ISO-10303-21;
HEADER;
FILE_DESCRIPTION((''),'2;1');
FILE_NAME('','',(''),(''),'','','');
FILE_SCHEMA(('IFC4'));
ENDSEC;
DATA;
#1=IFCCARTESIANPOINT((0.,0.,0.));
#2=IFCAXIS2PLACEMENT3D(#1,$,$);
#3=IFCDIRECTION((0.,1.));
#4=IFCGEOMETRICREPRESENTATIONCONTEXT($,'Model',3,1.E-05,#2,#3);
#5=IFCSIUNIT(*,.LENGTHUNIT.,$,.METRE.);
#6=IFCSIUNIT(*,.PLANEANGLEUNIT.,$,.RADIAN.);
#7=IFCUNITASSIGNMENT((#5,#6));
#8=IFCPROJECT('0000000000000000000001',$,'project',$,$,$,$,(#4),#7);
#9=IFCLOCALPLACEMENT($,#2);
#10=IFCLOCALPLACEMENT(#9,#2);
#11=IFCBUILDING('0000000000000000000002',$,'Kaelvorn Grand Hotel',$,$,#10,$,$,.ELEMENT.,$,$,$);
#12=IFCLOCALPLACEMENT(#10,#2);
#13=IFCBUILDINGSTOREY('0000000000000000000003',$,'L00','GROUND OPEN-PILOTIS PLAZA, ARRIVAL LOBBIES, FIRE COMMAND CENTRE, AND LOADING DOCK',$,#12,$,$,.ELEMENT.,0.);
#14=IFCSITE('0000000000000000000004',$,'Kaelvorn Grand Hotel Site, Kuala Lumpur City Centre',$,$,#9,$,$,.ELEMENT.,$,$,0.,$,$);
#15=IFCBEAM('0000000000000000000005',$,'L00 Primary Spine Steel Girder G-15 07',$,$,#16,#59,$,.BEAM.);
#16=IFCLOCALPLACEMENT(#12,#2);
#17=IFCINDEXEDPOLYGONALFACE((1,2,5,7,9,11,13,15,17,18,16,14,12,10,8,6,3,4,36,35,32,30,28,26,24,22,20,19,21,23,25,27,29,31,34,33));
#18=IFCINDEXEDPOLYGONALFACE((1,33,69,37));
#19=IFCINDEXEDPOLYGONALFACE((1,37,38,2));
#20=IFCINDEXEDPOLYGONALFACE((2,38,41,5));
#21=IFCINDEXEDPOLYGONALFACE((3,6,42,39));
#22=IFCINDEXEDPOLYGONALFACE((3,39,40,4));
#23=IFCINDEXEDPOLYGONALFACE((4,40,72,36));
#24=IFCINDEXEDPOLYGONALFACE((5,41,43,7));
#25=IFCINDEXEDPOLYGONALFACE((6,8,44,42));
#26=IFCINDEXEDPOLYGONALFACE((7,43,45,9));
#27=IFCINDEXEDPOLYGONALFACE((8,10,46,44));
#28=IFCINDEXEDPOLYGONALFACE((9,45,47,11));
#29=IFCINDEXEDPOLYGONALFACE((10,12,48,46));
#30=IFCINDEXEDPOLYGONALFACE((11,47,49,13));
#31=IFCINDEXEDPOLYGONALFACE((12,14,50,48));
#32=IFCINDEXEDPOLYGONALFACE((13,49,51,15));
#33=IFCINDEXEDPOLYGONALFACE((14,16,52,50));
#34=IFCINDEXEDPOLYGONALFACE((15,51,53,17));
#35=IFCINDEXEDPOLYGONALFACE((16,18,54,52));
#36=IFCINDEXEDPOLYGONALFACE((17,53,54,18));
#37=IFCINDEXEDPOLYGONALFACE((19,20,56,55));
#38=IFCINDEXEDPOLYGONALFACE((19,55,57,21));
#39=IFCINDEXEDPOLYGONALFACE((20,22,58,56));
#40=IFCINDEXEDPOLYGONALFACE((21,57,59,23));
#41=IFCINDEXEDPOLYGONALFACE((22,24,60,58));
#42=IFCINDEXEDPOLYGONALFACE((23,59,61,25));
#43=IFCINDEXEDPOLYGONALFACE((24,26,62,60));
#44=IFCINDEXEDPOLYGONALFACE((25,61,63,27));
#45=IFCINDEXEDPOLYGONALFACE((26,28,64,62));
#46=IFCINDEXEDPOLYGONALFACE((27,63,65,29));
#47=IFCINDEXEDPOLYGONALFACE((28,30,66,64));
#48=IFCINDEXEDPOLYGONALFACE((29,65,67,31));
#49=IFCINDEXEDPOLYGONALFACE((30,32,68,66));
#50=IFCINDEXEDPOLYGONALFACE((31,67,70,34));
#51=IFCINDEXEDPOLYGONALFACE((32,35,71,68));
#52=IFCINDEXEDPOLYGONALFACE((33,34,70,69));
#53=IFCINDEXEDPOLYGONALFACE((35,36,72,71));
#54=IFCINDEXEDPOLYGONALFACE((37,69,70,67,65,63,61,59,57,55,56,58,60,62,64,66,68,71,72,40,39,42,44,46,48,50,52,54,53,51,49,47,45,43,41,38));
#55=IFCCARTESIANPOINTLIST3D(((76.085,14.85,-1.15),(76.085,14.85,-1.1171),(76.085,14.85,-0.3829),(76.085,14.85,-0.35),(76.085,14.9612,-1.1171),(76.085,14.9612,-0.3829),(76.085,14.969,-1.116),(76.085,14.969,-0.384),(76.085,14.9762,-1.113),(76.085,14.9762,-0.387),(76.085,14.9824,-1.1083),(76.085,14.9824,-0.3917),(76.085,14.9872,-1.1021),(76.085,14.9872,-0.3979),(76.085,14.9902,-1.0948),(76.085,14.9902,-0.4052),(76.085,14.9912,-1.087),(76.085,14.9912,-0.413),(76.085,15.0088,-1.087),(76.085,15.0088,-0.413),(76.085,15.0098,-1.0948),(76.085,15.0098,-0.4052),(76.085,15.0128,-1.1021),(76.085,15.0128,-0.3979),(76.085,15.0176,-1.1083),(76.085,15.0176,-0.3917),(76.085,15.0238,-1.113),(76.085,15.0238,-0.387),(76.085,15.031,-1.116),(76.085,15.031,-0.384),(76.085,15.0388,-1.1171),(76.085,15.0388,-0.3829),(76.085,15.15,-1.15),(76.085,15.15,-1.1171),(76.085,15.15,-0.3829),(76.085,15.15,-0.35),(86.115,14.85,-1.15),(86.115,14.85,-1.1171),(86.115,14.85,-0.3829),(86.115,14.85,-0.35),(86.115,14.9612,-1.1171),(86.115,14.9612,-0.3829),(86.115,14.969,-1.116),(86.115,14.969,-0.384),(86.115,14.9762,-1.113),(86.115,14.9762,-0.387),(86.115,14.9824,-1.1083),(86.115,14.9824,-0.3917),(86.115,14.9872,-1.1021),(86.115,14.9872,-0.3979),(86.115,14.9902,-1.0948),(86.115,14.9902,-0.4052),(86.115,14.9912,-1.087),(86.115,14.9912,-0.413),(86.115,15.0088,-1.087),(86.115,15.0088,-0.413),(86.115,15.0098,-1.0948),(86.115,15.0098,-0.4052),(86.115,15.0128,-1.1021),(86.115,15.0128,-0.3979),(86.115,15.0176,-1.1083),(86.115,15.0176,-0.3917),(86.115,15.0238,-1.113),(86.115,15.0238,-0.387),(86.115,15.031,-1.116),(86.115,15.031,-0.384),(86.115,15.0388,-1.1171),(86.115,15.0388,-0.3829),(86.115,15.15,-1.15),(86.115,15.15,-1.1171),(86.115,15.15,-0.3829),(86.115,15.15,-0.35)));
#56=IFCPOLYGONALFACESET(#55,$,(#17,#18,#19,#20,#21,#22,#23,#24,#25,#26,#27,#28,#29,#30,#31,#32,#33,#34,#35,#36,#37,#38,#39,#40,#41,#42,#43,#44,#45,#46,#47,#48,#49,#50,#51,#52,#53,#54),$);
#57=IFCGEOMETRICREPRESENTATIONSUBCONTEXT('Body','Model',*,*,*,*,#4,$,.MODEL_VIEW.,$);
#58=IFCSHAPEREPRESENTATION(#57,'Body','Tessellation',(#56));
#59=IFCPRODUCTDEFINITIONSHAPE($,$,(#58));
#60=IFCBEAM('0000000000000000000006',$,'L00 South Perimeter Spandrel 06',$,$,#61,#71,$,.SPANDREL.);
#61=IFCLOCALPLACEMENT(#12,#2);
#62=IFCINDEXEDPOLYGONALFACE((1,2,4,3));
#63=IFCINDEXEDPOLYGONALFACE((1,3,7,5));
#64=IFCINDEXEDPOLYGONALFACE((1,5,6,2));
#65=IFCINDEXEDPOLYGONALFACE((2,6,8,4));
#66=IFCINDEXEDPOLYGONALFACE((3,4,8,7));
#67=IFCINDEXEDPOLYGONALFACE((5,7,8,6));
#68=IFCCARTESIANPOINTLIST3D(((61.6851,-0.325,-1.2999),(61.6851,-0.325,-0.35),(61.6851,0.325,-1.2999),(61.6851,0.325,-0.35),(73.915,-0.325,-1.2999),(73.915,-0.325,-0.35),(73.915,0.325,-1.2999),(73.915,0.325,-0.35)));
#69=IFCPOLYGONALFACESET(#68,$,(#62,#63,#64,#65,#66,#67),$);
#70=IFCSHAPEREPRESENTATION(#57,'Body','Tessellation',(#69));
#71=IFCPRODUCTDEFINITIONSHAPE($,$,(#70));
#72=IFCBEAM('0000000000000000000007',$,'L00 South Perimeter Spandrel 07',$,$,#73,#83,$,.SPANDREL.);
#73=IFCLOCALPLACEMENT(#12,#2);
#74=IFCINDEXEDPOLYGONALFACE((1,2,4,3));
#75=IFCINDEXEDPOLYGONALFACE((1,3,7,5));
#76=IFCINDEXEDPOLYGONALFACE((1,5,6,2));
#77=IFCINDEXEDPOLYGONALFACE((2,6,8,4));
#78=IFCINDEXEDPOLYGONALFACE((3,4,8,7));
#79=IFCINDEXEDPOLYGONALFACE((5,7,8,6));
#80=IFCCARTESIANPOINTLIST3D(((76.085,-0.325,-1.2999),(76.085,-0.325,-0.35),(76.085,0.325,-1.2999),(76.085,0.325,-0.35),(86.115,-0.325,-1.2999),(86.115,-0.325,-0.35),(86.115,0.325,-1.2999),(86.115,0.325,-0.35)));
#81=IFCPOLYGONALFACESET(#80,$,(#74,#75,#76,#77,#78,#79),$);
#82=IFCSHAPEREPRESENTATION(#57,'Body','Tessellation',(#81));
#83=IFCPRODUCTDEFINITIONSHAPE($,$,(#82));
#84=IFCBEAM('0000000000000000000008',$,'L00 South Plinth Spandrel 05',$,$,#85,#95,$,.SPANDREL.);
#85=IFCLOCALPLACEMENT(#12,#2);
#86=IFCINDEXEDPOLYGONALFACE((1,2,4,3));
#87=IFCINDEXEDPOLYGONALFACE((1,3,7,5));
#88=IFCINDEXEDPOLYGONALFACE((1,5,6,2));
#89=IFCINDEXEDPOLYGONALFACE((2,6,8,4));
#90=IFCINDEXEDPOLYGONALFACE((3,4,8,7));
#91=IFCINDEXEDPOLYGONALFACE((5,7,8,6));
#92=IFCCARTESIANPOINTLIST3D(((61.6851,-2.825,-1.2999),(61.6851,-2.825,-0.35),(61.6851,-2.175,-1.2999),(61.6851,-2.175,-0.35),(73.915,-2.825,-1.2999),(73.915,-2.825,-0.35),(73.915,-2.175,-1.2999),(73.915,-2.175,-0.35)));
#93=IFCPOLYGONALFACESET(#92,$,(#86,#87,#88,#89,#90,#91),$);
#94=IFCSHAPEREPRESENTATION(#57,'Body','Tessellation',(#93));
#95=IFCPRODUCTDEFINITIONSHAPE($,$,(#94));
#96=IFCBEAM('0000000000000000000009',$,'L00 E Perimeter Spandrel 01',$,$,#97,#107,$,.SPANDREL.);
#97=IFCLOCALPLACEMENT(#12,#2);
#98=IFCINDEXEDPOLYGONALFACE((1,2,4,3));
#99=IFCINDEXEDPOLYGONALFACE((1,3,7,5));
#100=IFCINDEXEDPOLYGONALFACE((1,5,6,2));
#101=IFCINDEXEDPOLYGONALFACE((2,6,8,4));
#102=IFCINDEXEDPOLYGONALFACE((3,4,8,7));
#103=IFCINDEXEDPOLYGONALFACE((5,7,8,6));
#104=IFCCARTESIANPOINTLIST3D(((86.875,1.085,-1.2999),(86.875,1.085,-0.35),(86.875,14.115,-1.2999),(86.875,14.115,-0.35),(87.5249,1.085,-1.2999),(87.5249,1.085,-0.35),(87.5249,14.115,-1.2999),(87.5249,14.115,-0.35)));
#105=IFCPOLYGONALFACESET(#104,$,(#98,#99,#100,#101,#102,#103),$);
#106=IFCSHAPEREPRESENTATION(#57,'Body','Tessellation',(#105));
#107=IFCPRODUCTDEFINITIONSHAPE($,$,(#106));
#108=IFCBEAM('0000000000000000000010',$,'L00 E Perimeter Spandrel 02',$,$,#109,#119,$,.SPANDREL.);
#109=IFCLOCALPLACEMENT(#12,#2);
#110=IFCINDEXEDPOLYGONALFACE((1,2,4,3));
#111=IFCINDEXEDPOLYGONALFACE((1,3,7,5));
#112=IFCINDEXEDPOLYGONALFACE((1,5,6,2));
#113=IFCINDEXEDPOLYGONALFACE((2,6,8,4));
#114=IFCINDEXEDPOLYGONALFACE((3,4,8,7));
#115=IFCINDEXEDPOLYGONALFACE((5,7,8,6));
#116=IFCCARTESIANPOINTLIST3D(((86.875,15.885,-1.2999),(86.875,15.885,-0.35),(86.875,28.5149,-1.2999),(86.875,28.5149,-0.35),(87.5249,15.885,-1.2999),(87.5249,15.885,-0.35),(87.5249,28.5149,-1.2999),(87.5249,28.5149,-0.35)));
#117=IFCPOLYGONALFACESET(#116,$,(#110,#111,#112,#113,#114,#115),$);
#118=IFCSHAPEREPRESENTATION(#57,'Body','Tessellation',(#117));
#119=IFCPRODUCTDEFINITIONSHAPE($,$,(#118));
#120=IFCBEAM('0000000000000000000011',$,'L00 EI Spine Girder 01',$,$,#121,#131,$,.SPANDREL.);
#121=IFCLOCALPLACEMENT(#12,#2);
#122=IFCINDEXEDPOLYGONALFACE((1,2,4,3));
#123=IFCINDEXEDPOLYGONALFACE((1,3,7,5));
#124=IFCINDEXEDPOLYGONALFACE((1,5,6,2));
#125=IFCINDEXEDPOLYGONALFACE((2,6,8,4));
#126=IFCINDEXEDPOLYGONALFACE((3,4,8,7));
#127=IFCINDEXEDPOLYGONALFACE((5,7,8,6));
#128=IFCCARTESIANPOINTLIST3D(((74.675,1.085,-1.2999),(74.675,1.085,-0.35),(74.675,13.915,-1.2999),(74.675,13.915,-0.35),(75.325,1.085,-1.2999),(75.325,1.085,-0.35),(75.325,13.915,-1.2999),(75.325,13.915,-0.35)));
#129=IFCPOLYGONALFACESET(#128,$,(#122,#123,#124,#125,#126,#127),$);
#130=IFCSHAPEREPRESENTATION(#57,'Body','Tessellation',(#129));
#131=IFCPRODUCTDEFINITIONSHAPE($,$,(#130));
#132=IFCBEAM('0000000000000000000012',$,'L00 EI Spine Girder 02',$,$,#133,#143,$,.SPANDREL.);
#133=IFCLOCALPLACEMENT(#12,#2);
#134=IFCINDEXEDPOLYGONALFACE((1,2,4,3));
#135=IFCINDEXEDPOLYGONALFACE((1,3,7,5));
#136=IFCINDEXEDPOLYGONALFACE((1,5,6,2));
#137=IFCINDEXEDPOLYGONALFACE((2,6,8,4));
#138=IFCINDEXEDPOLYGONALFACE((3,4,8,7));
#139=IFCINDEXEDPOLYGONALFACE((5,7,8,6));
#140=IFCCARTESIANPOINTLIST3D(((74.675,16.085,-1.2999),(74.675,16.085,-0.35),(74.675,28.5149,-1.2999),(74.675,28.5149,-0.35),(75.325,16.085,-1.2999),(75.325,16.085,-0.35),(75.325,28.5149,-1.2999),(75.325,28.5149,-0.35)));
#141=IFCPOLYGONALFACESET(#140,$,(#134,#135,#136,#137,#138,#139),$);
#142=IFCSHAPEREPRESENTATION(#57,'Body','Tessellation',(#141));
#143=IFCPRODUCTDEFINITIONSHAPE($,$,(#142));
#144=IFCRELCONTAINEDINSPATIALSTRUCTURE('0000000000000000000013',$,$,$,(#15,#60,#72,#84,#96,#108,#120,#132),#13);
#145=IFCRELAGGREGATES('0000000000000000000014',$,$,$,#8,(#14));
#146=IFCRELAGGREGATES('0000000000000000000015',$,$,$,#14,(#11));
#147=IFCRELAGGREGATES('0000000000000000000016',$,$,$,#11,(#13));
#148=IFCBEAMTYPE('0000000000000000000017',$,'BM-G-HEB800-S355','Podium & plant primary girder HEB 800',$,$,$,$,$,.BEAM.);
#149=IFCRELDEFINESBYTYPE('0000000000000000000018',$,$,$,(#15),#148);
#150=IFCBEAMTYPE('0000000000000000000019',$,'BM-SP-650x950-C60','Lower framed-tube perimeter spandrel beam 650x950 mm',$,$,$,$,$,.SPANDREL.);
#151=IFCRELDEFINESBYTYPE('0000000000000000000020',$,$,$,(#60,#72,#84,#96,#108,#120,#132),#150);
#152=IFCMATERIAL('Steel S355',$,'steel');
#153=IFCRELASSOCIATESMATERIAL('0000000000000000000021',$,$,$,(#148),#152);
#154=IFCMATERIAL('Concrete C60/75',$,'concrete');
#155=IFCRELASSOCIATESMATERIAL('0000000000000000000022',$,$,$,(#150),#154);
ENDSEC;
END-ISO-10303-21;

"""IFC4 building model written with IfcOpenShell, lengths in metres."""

from ifc_helpers import new_model, si_unit, direction, frame, origin, origin_2d, place, context, subcontext, project, spatial, rectangle, i_section, extrude, material, material_profile, profile_set, type_object, element, save


model = new_model("IFC4")

# Units and contexts
model_context = context("Model", 3, precision=1e-05, world=origin(), true_north=direction((0.0, 1.0)))
body_context = subcontext(model_context, "Body", "Model", "MODEL_VIEW")
ifc_project = project(units=[si_unit("LENGTHUNIT", "METRE"), si_unit("PLANEANGLEUNIT", "RADIAN")], contexts=[model_context])

# Site, building, storey
site_placement = place(None, origin())
site = spatial("IfcSite", under=ifc_project, at=site_placement, Name="Kaelvorn Grand Hotel Site, Kuala Lumpur City Centre", CompositionType="ELEMENT", RefElevation=0.0)
building_placement = place(site_placement, origin())
building = spatial("IfcBuilding", under=site, at=building_placement, Name="Kaelvorn Grand Hotel", CompositionType="ELEMENT")
storey_placement = place(building_placement, origin())
storey = spatial("IfcBuildingStorey", under=building, at=storey_placement, Name="L00", Description="GROUND OPEN-PILOTIS PLAZA, ARRIVAL LOBBIES, FIRE COMMAND CENTRE, AND LOADING DOCK", CompositionType="ELEMENT", Elevation=0.0)

# Beams
ifc_material_1 = material(Name="Steel S355", Category="steel")
ifc_material_profile_1 = material_profile(ifc_material_1, i_section(OverallWidth=0.3, OverallDepth=0.8, WebThickness=0.0176, FlangeThickness=0.033, FilletRadius=0.03, at=origin_2d()), Name="HEB 800")
ifc_profile_set_1 = profile_set([ifc_material_profile_1], Name="Steel S355")
beam_type_1 = type_object("IfcBeamType", Name="BM-G-HEB800-S355", Description="Podium & plant primary girder HEB 800", PredefinedType="BEAM", material=ifc_profile_set_1)
beam_1_placement = place(storey_placement, frame((76.085, 15.0, -0.75), z_axis=(1.0, 0.0, 0.0), x_axis=(0.0, 1.0, 0.0)))
element("IfcBeam", 1, at=beam_1_placement, inside=storey, type_object=beam_type_1, Name="L00 Primary Spine Steel Girder G-15 07", PredefinedType="BEAM", context=body_context, shape_type="SweptSolid", body=[
    extrude(i_section(OverallWidth=0.3, OverallDepth=0.8, WebThickness=0.0176, FlangeThickness=0.033, FilletRadius=0.03, at=origin_2d()), origin(), (0.0, 0.0, 1.0), 10.03),
])
ifc_material_2 = material(Name="Concrete C60/75", Category="concrete")
ifc_material_profile_2 = material_profile(ifc_material_2, rectangle(XDim=0.6499, YDim=0.95, at=origin_2d()), Name="RC SPANDREL 650x950")
ifc_profile_set_2 = profile_set([ifc_material_profile_2], Name="Concrete C60/75")
beam_type_2 = type_object("IfcBeamType", Name="BM-SP-650x950-C60", Description="Lower framed-tube perimeter spandrel beam 650x950 mm", PredefinedType="SPANDREL", material=ifc_profile_set_2)
beam_2_placement = place(storey_placement, frame((61.6851, 0.0, -0.825), z_axis=(1.0, 0.0, 0.0), x_axis=(0.0, 1.0, 0.0)))
element("IfcBeam", 2, at=beam_2_placement, inside=storey, type_object=beam_type_2, Name="L00 South Perimeter Spandrel 06", PredefinedType="SPANDREL", context=body_context, shape_type="SweptSolid", body=[
    extrude(rectangle(XDim=0.6499, YDim=0.95, at=origin_2d()), origin(), (0.0, 0.0, 1.0), 12.23),
])
beam_3_placement = place(storey_placement, frame((76.085, 0.0, -0.825), z_axis=(1.0, 0.0, 0.0), x_axis=(0.0, 1.0, 0.0)))
element("IfcBeam", 3, at=beam_3_placement, inside=storey, type_object=beam_type_2, Name="L00 South Perimeter Spandrel 07", PredefinedType="SPANDREL", context=body_context, shape_type="SweptSolid", body=[
    extrude(rectangle(XDim=0.6499, YDim=0.95, at=origin_2d()), origin(), (0.0, 0.0, 1.0), 10.03),
])
beam_4_placement = place(storey_placement, frame((61.6851, -2.5, -0.825), z_axis=(1.0, 0.0, 0.0), x_axis=(0.0, 1.0, 0.0)))
element("IfcBeam", 4, at=beam_4_placement, inside=storey, type_object=beam_type_2, Name="L00 South Plinth Spandrel 05", PredefinedType="SPANDREL", context=body_context, shape_type="SweptSolid", body=[
    extrude(rectangle(XDim=0.6499, YDim=0.95, at=origin_2d()), origin(), (0.0, 0.0, 1.0), 12.23),
])
beam_5_placement = place(storey_placement, frame((87.2, 1.085, -0.825), z_axis=(0.0, 1.0, 0.0), x_axis=(-1.0, 0.0, 0.0)))
element("IfcBeam", 5, at=beam_5_placement, inside=storey, type_object=beam_type_2, Name="L00 E Perimeter Spandrel 01", PredefinedType="SPANDREL", context=body_context, shape_type="SweptSolid", body=[
    extrude(rectangle(XDim=0.6499, YDim=0.95, at=origin_2d()), origin(), (0.0, 0.0, 1.0), 13.03),
])
beam_6_placement = place(storey_placement, frame((87.2, 15.885, -0.825), z_axis=(0.0, 1.0, 0.0), x_axis=(-1.0, 0.0, 0.0)))
element("IfcBeam", 6, at=beam_6_placement, inside=storey, type_object=beam_type_2, Name="L00 E Perimeter Spandrel 02", PredefinedType="SPANDREL", context=body_context, shape_type="SweptSolid", body=[
    extrude(rectangle(XDim=0.6499, YDim=0.95, at=origin_2d()), origin(), (0.0, 0.0, 1.0), 12.6299),
])
beam_7_placement = place(storey_placement, frame((75.0, 1.085, -0.825), z_axis=(0.0, 1.0, 0.0), x_axis=(-1.0, 0.0, 0.0)))
element("IfcBeam", 7, at=beam_7_placement, inside=storey, type_object=beam_type_2, Name="L00 EI Spine Girder 01", PredefinedType="SPANDREL", context=body_context, shape_type="SweptSolid", body=[
    extrude(rectangle(XDim=0.6499, YDim=0.95, at=origin_2d()), origin(), (0.0, 0.0, 1.0), 12.8301),
])
beam_8_placement = place(storey_placement, frame((75.0, 16.085, -0.825), z_axis=(0.0, 1.0, 0.0), x_axis=(-1.0, 0.0, 0.0)))
element("IfcBeam", 8, at=beam_8_placement, inside=storey, type_object=beam_type_2, Name="L00 EI Spine Girder 02", PredefinedType="SPANDREL", context=body_context, shape_type="SweptSolid", body=[
    extrude(rectangle(XDim=0.6499, YDim=0.95, at=origin_2d()), origin(), (0.0, 0.0, 1.0), 12.4299),
])

save(model, "model.ifc")
